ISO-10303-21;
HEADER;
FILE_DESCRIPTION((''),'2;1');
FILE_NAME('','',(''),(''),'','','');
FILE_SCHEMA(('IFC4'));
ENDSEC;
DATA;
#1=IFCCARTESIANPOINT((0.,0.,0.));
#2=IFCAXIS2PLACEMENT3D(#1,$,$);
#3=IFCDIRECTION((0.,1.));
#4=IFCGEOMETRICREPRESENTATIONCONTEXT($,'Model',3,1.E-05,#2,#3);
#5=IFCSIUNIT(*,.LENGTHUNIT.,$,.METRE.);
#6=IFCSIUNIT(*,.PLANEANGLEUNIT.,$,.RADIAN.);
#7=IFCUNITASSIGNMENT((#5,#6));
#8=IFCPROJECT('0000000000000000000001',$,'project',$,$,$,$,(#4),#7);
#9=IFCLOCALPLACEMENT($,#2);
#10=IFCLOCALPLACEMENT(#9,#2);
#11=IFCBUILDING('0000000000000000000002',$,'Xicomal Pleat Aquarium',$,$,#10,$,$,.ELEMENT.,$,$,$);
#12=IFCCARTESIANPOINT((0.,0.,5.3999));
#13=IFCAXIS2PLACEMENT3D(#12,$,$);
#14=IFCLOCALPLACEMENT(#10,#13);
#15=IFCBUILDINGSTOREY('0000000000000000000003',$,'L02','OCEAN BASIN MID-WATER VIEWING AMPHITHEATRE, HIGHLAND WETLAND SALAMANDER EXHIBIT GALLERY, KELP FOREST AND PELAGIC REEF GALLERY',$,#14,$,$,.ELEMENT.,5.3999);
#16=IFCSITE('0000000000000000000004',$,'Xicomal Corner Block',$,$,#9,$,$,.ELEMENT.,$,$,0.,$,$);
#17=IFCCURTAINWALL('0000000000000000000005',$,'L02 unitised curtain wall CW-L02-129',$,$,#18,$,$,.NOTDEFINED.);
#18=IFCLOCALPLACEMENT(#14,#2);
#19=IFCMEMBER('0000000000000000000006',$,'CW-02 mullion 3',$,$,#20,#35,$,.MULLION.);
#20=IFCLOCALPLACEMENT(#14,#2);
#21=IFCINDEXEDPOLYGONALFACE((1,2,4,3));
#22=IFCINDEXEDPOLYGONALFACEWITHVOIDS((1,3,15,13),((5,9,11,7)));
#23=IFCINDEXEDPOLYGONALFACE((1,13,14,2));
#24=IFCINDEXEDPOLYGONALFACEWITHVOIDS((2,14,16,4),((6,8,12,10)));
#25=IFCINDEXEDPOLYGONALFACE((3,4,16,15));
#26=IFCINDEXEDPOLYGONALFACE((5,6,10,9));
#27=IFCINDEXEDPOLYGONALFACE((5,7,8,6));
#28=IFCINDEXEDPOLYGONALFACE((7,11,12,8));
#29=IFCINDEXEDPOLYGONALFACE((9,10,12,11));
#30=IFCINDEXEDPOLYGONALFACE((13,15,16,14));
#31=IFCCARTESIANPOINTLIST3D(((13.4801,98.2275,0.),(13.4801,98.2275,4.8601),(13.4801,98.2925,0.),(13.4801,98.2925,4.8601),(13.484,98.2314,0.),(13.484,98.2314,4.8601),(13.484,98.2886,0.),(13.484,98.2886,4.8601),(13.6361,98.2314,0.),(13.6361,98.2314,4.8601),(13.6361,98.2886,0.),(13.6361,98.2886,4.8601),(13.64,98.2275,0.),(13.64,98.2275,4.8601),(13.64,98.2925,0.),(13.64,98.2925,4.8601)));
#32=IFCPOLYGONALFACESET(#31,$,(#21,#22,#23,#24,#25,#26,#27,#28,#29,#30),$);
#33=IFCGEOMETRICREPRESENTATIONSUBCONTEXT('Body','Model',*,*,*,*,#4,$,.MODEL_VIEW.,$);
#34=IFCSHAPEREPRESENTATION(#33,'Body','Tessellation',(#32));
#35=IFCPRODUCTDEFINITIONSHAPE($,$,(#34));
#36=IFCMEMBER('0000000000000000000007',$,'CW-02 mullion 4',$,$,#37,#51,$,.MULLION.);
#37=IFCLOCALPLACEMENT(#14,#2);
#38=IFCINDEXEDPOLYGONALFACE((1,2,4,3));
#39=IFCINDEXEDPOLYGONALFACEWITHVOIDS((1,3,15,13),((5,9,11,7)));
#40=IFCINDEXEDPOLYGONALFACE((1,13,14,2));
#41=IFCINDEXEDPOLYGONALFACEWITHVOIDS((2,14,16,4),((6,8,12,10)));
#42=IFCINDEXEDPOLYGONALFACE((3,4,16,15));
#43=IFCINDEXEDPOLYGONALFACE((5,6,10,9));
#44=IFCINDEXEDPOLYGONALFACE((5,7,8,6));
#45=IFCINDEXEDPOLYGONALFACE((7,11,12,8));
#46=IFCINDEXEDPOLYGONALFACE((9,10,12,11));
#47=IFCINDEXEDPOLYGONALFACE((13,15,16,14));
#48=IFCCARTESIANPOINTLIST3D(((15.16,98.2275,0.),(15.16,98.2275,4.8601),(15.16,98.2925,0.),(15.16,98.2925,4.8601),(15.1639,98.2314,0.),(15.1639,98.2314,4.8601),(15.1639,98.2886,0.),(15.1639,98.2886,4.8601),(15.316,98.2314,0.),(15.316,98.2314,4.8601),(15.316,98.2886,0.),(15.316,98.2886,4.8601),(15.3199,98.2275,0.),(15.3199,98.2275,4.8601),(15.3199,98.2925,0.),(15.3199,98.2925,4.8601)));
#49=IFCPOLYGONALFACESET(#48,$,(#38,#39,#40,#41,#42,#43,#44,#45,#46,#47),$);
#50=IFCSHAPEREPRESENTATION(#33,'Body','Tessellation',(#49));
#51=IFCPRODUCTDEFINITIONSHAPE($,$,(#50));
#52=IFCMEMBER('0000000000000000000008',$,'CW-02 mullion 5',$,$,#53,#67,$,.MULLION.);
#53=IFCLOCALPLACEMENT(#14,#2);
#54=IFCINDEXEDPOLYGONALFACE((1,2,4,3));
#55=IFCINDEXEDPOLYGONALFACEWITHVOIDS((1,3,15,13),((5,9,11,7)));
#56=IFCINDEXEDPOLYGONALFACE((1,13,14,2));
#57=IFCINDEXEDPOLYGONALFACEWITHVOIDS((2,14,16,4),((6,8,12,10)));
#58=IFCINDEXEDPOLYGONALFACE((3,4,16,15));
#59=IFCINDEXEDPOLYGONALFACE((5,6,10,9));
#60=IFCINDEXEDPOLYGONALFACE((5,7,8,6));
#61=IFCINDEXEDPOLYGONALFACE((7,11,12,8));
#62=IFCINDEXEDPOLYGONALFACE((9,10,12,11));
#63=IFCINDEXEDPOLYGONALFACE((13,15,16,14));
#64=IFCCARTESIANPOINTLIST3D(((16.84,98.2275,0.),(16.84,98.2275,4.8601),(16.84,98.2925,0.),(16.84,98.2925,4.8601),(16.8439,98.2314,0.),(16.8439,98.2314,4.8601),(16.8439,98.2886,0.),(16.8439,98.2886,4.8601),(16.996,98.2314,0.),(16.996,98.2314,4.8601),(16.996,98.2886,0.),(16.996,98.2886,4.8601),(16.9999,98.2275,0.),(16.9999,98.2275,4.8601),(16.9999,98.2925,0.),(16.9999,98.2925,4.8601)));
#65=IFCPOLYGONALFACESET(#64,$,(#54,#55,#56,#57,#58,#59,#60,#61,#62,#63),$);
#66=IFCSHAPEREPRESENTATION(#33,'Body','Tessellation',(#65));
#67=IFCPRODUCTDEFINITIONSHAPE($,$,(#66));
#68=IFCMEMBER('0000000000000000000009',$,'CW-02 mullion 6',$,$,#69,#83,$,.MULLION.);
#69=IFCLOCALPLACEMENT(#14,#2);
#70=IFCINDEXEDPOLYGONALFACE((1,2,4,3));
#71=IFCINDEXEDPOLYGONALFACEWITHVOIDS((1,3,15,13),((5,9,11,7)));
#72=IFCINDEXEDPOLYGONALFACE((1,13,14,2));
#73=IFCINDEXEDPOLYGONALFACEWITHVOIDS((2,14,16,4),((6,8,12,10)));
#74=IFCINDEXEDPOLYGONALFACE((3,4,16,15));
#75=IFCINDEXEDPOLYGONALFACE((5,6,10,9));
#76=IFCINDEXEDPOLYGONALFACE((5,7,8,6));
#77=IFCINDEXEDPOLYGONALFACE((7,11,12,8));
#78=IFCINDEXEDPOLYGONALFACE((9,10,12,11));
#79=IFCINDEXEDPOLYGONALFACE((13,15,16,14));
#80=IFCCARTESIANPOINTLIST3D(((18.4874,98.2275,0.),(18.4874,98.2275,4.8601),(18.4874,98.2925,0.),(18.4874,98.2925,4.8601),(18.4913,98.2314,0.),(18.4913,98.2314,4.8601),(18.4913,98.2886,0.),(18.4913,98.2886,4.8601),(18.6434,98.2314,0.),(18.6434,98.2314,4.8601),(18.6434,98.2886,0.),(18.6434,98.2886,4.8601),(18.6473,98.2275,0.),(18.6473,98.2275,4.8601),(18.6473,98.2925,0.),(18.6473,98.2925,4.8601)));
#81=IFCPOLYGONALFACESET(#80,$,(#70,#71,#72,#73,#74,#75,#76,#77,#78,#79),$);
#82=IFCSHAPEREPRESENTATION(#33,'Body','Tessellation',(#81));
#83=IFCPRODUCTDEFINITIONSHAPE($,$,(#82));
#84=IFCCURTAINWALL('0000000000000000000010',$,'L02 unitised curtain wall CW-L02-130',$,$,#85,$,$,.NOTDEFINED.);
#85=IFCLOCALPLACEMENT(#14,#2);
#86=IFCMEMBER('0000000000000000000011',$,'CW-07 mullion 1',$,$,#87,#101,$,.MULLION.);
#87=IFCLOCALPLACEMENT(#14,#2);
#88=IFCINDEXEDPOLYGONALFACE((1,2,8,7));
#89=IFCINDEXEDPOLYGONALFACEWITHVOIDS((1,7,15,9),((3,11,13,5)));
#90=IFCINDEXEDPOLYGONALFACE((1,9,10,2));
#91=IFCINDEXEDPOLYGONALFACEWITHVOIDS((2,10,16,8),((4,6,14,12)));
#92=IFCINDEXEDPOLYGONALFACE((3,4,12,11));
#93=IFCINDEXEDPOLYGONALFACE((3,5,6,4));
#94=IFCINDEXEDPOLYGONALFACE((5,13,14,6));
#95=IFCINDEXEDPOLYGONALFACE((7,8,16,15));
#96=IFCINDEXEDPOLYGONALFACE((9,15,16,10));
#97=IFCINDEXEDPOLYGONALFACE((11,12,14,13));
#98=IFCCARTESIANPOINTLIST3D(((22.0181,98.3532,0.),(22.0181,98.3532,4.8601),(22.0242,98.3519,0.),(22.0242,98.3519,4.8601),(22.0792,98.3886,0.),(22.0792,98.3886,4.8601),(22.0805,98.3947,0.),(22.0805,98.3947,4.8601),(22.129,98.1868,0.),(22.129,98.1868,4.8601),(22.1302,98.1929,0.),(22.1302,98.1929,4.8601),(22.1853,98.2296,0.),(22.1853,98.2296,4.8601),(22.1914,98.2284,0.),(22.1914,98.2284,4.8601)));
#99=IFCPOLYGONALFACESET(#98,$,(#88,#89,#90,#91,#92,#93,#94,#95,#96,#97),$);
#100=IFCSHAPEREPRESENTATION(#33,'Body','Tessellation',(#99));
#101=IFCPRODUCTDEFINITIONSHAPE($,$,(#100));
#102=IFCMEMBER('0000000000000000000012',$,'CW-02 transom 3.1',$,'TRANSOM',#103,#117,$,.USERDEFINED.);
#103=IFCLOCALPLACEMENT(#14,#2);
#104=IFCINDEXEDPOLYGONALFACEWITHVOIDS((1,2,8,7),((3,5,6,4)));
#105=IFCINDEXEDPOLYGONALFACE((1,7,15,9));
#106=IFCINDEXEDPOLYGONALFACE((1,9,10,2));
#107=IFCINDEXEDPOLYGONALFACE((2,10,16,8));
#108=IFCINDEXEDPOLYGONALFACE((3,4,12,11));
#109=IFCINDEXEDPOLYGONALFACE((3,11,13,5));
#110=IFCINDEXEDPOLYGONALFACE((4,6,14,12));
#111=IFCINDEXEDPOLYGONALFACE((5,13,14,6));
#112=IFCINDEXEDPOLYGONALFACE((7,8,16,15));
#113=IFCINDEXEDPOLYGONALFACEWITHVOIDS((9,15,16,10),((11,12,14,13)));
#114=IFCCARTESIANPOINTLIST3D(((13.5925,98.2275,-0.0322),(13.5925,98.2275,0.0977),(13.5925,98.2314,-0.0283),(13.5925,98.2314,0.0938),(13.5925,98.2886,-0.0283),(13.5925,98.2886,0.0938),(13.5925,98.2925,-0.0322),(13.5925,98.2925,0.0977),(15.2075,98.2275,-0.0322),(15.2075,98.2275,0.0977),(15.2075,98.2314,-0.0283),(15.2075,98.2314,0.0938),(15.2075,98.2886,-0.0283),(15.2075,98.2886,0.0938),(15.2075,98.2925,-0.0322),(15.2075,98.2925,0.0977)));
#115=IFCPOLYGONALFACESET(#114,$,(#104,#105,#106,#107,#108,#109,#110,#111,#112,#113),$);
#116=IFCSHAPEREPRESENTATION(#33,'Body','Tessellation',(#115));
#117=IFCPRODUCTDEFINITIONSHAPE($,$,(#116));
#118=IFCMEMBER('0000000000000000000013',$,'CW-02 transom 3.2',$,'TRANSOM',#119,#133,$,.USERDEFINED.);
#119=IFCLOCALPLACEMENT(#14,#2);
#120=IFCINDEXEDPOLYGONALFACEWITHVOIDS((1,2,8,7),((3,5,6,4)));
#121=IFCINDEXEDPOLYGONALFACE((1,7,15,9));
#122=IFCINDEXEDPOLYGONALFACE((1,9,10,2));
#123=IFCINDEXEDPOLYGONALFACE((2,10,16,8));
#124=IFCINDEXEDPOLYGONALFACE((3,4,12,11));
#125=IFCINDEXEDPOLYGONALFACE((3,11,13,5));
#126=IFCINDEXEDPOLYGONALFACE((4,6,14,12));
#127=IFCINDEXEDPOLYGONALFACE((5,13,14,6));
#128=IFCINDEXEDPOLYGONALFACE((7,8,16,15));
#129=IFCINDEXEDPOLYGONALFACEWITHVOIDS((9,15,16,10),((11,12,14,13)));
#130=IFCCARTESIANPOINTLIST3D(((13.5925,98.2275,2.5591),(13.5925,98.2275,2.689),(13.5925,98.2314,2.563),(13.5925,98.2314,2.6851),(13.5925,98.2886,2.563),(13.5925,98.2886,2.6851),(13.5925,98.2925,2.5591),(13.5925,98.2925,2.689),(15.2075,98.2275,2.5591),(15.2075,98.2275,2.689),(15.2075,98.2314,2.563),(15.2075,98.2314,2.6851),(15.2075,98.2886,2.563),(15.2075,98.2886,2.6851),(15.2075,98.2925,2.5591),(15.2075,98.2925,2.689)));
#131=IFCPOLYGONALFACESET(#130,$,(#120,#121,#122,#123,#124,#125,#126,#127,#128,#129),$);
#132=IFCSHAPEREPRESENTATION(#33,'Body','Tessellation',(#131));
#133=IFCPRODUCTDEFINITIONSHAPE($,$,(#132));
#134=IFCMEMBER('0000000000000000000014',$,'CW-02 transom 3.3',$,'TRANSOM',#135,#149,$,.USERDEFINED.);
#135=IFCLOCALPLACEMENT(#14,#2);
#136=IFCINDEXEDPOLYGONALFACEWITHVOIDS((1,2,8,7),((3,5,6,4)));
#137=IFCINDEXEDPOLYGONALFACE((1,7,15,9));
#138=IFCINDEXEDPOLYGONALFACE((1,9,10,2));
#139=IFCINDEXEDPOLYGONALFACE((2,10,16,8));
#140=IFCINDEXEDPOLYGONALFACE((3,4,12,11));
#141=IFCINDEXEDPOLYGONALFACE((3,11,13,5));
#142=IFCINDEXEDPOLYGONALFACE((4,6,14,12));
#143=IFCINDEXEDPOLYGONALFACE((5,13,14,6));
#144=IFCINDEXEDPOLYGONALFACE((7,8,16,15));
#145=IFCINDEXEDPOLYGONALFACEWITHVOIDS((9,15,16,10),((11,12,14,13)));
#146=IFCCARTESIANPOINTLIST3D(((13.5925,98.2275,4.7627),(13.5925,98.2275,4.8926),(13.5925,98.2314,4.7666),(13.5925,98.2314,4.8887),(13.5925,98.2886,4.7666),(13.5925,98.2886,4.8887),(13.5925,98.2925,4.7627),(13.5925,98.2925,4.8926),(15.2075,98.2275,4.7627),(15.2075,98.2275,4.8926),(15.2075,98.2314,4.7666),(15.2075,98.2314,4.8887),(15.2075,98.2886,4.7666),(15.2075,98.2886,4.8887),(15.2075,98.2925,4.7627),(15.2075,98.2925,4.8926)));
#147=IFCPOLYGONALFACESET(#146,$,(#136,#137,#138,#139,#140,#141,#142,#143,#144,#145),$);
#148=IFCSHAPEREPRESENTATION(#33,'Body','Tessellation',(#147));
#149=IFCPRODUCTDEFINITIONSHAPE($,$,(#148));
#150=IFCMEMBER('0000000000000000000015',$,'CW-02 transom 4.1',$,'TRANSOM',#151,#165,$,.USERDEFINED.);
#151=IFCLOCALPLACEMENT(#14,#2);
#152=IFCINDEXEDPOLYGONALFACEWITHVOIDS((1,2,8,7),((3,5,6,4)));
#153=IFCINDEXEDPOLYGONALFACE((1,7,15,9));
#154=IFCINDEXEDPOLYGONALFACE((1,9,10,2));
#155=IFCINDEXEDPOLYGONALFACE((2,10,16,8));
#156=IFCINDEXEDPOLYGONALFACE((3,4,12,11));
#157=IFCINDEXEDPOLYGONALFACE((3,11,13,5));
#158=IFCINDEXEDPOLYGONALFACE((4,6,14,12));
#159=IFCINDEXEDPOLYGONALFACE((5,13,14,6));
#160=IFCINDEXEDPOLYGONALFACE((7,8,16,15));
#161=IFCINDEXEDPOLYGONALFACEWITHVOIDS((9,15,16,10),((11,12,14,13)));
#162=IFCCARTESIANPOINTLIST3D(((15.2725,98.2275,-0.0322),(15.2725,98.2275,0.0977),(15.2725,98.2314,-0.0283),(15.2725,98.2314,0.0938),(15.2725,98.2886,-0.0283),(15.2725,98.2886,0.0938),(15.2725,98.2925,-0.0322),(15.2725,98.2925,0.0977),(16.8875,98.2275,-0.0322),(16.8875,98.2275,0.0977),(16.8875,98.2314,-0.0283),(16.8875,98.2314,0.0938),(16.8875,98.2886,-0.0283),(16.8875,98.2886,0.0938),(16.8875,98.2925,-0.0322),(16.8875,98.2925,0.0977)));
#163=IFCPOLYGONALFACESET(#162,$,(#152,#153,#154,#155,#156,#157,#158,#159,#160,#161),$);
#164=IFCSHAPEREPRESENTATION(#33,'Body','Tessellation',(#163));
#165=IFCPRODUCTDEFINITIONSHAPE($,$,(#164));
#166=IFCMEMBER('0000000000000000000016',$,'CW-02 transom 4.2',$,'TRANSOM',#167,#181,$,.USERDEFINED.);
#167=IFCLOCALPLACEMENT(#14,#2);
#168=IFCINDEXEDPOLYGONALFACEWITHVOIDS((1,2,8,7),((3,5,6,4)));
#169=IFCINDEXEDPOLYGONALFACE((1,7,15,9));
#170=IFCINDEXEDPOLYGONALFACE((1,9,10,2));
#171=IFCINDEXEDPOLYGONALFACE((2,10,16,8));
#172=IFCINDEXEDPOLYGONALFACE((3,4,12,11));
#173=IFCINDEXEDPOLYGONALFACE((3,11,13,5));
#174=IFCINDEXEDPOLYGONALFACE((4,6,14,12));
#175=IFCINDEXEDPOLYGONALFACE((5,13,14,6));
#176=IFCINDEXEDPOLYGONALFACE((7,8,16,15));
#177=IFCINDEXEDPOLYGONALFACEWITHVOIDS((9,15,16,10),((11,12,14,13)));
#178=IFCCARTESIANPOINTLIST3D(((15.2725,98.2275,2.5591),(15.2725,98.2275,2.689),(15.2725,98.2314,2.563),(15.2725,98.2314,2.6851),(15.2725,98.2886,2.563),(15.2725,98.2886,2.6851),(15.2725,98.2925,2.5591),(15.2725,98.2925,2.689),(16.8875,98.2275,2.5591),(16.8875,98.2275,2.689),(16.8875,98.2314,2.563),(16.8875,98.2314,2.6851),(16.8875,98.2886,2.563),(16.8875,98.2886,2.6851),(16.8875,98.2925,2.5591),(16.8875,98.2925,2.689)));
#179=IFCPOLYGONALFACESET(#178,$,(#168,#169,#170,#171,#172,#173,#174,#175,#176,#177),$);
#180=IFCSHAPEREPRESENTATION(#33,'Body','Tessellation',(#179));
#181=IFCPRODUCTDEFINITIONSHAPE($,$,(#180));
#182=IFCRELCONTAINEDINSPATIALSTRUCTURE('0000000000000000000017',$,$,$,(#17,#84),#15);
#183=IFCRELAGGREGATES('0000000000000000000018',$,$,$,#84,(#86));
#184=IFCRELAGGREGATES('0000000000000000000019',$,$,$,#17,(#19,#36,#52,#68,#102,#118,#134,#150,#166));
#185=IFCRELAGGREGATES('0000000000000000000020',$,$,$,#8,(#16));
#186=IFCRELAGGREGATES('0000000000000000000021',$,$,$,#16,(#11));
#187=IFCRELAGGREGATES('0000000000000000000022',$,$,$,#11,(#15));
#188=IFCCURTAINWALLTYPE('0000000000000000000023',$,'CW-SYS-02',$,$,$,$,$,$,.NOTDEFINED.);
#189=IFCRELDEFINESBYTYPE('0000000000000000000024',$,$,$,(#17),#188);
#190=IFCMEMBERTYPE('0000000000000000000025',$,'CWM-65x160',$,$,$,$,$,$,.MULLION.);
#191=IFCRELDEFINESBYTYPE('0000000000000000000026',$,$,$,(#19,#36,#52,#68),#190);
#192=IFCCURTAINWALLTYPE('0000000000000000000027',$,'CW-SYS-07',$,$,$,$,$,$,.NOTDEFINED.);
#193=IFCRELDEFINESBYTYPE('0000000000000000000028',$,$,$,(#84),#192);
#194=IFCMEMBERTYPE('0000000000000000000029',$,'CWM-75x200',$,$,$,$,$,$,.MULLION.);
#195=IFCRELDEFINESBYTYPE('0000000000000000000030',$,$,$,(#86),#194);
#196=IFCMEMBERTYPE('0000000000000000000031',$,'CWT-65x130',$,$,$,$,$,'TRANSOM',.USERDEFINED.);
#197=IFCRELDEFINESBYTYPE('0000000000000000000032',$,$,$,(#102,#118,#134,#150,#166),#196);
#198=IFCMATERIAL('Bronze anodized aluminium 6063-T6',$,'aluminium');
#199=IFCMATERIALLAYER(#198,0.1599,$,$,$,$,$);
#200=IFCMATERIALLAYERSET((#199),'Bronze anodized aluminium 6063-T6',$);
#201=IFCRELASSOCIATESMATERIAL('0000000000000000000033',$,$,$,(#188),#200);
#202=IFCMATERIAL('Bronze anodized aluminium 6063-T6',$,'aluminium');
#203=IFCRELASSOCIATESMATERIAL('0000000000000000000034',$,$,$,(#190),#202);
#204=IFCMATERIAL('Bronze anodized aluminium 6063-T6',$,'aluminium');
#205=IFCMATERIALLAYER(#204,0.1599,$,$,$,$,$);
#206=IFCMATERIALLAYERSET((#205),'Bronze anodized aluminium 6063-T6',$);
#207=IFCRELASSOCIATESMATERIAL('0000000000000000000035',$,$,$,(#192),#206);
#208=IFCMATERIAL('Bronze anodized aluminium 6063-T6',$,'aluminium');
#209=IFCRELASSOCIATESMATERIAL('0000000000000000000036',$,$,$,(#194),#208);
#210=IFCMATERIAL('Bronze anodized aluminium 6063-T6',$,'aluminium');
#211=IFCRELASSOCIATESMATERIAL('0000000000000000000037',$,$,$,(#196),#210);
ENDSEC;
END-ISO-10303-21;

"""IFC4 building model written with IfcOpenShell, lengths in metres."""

from ifc_helpers import new_model, si_unit, direction, frame, origin, origin_2d, place, context, subcontext, project, spatial, hollow_rectangle, extrude, material, layer, layer_set, material_profile, profile_set, type_object, element, aggregate, save


model = new_model("IFC4")

# Units and contexts
model_context = context("Model", 3, precision=1e-05, world=origin(), true_north=direction((0.0, 1.0)))
body_context = subcontext(model_context, "Body", "Model", "MODEL_VIEW")
ifc_project = project(units=[si_unit("LENGTHUNIT", "METRE"), si_unit("PLANEANGLEUNIT", "RADIAN")], contexts=[model_context])

# Site, building, storey
site_placement = place(None, origin())
site = spatial("IfcSite", under=ifc_project, at=site_placement, Name="Xicomal Corner Block", CompositionType="ELEMENT", RefElevation=0.0)
building_placement = place(site_placement, origin())
building = spatial("IfcBuilding", under=site, at=building_placement, Name="Xicomal Pleat Aquarium", CompositionType="ELEMENT")
storey_placement = place(building_placement, frame((0.0, 0.0, 5.3999)))
storey = spatial("IfcBuildingStorey", under=building, at=storey_placement, Name="L02", Description="OCEAN BASIN MID-WATER VIEWING AMPHITHEATRE, HIGHLAND WETLAND SALAMANDER EXHIBIT GALLERY, KELP FOREST AND PELAGIC REEF GALLERY", CompositionType="ELEMENT", Elevation=5.3999)

# Curtain wall, members
ifc_material_1 = material(Name="Bronze anodized aluminium 6063-T6", Category="aluminium")
ifc_layer_1 = layer(ifc_material_1, 0.1599)
ifc_layer_set_1 = layer_set([ifc_layer_1], Name="Bronze anodized aluminium 6063-T6")
curtain_wall_type_1 = type_object("IfcCurtainWallType", Name="CW-SYS-02", PredefinedType="NOTDEFINED", material=ifc_layer_set_1)
curtain_wall_1_placement = place(storey_placement, origin())
curtain_wall_1 = element("IfcCurtainWall", 1, at=curtain_wall_1_placement, inside=storey, type_object=curtain_wall_type_1, Name="L02 unitised curtain wall CW-L02-129", PredefinedType="NOTDEFINED")
ifc_material_2 = material(Name="Bronze anodized aluminium 6063-T6", Category="aluminium")
ifc_material_profile_1 = material_profile(ifc_material_2, hollow_rectangle(XDim=0.0649, YDim=0.1599, WallThickness=0.0039, at=origin_2d()), Name="ALU MULL 65x160")
ifc_profile_set_1 = profile_set([ifc_material_profile_1], Name="Bronze anodized aluminium 6063-T6")
member_type_1 = type_object("IfcMemberType", Name="CWM-65x160", PredefinedType="MULLION", material=ifc_profile_set_1)
member_1_placement = place(storey_placement, frame((13.5601, 98.26, 0.0), z_axis=(0.0, 0.0, 1.0), x_axis=(0.0, 1.0, 0.0)))
member_1 = element("IfcMember", 2, at=member_1_placement, type_object=member_type_1, Name="CW-02 mullion 3", PredefinedType="MULLION", context=body_context, shape_type="SweptSolid", body=[
    extrude(hollow_rectangle(XDim=0.0649, YDim=0.1599, WallThickness=0.0039, at=origin_2d()), origin(), (0.0, 0.0, 1.0), 4.8601),
])
member_2_placement = place(storey_placement, frame((15.24, 98.26, 0.0), z_axis=(0.0, 0.0, 1.0), x_axis=(0.0, 1.0, 0.0)))
member_2 = element("IfcMember", 3, at=member_2_placement, type_object=member_type_1, Name="CW-02 mullion 4", PredefinedType="MULLION", context=body_context, shape_type="SweptSolid", body=[
    extrude(hollow_rectangle(XDim=0.0649, YDim=0.1599, WallThickness=0.0039, at=origin_2d()), origin(), (0.0, 0.0, 1.0), 4.8601),
])
member_3_placement = place(storey_placement, frame((16.9199, 98.26, 0.0), z_axis=(0.0, 0.0, 1.0), x_axis=(0.0, 1.0, 0.0)))
member_3 = element("IfcMember", 4, at=member_3_placement, type_object=member_type_1, Name="CW-02 mullion 5", PredefinedType="MULLION", context=body_context, shape_type="SweptSolid", body=[
    extrude(hollow_rectangle(XDim=0.0649, YDim=0.1599, WallThickness=0.0039, at=origin_2d()), origin(), (0.0, 0.0, 1.0), 4.8601),
])
member_4_placement = place(storey_placement, frame((18.5674, 98.26, 0.0), z_axis=(0.0, 0.0, 1.0), x_axis=(0.0, 1.0, 0.0)))
member_4 = element("IfcMember", 5, at=member_4_placement, type_object=member_type_1, Name="CW-02 mullion 6", PredefinedType="MULLION", context=body_context, shape_type="SweptSolid", body=[
    extrude(hollow_rectangle(XDim=0.0649, YDim=0.1599, WallThickness=0.0039, at=origin_2d()), origin(), (0.0, 0.0, 1.0), 4.8601),
])

# Curtain wall, member
ifc_material_3 = material(Name="Bronze anodized aluminium 6063-T6", Category="aluminium")
ifc_layer_2 = layer(ifc_material_3, 0.1599)
ifc_layer_set_2 = layer_set([ifc_layer_2], Name="Bronze anodized aluminium 6063-T6")
curtain_wall_type_2 = type_object("IfcCurtainWallType", Name="CW-SYS-07", PredefinedType="NOTDEFINED", material=ifc_layer_set_2)
curtain_wall_2_placement = place(storey_placement, origin())
curtain_wall_2 = element("IfcCurtainWall", 6, at=curtain_wall_2_placement, inside=storey, type_object=curtain_wall_type_2, Name="L02 unitised curtain wall CW-L02-130", PredefinedType="NOTDEFINED")
ifc_material_4 = material(Name="Bronze anodized aluminium 6063-T6", Category="aluminium")
ifc_material_profile_2 = material_profile(ifc_material_4, hollow_rectangle(XDim=0.075, YDim=0.2, WallThickness=0.0044, at=origin_2d()), Name="ALU MULL 75x200")
ifc_profile_set_2 = profile_set([ifc_material_profile_2], Name="Bronze anodized aluminium 6063-T6")
member_type_2 = type_object("IfcMemberType", Name="CWM-75x200", PredefinedType="MULLION", material=ifc_profile_set_2)
member_5_placement = place(storey_placement, frame((22.1047, 98.2908, 0.0), z_axis=(0.0, 0.0, 1.0), x_axis=(0.83205, 0.5547, 0.0)))
member_5 = element("IfcMember", 7, at=member_5_placement, type_object=member_type_2, Name="CW-07 mullion 1", PredefinedType="MULLION", context=body_context, shape_type="SweptSolid", body=[
    extrude(hollow_rectangle(XDim=0.075, YDim=0.2, WallThickness=0.0044, at=origin_2d()), origin(), (0.0, 0.0, 1.0), 4.8601),
])
aggregate(curtain_wall_2, [member_5])

# Members
ifc_material_5 = material(Name="Bronze anodized aluminium 6063-T6", Category="aluminium")
ifc_material_profile_3 = material_profile(ifc_material_5, hollow_rectangle(XDim=0.0649, YDim=0.1299, WallThickness=0.0039, at=origin_2d()), Name="ALU TRAN 65x130")
ifc_profile_set_3 = profile_set([ifc_material_profile_3], Name="Bronze anodized aluminium 6063-T6")
member_type_3 = type_object("IfcMemberType", Name="CWT-65x130", ElementType="TRANSOM", PredefinedType="USERDEFINED", material=ifc_profile_set_3)
member_6_placement = place(storey_placement, frame((13.5925, 98.26, 0.0327), z_axis=(1.0, 0.0, 0.0), x_axis=(0.0, 1.0, 0.0)))
member_6 = element("IfcMember", 8, at=member_6_placement, type_object=member_type_3, Name="CW-02 transom 3.1", ObjectType="TRANSOM", PredefinedType="USERDEFINED", context=body_context, shape_type="SweptSolid", body=[
    extrude(hollow_rectangle(XDim=0.0649, YDim=0.1299, WallThickness=0.0039, at=origin_2d()), origin(), (0.0, 0.0, 1.0), 1.615),
])
member_7_placement = place(storey_placement, frame((13.5925, 98.26, 2.624), z_axis=(1.0, 0.0, 0.0), x_axis=(0.0, 1.0, 0.0)))
member_7 = element("IfcMember", 9, at=member_7_placement, type_object=member_type_3, Name="CW-02 transom 3.2", ObjectType="TRANSOM", PredefinedType="USERDEFINED", context=body_context, shape_type="SweptSolid", body=[
    extrude(hollow_rectangle(XDim=0.0649, YDim=0.1299, WallThickness=0.0039, at=origin_2d()), origin(), (0.0, 0.0, 1.0), 1.615),
])
member_8_placement = place(storey_placement, frame((13.5925, 98.26, 4.8276), z_axis=(1.0, 0.0, 0.0), x_axis=(0.0, 1.0, 0.0)))
member_8 = element("IfcMember", 10, at=member_8_placement, type_object=member_type_3, Name="CW-02 transom 3.3", ObjectType="TRANSOM", PredefinedType="USERDEFINED", context=body_context, shape_type="SweptSolid", body=[
    extrude(hollow_rectangle(XDim=0.0649, YDim=0.1299, WallThickness=0.0039, at=origin_2d()), origin(), (0.0, 0.0, 1.0), 1.615),
])
member_9_placement = place(storey_placement, frame((15.2725, 98.26, 0.0327), z_axis=(1.0, 0.0, 0.0), x_axis=(0.0, 1.0, 0.0)))
member_9 = element("IfcMember", 11, at=member_9_placement, type_object=member_type_3, Name="CW-02 transom 4.1", ObjectType="TRANSOM", PredefinedType="USERDEFINED", context=body_context, shape_type="SweptSolid", body=[
    extrude(hollow_rectangle(XDim=0.0649, YDim=0.1299, WallThickness=0.0039, at=origin_2d()), origin(), (0.0, 0.0, 1.0), 1.615),
])
member_10_placement = place(storey_placement, frame((15.2725, 98.26, 2.624), z_axis=(1.0, 0.0, 0.0), x_axis=(0.0, 1.0, 0.0)))
member_10 = element("IfcMember", 12, at=member_10_placement, type_object=member_type_3, Name="CW-02 transom 4.2", ObjectType="TRANSOM", PredefinedType="USERDEFINED", context=body_context, shape_type="SweptSolid", body=[
    extrude(hollow_rectangle(XDim=0.0649, YDim=0.1299, WallThickness=0.0039, at=origin_2d()), origin(), (0.0, 0.0, 1.0), 1.615),
])

aggregate(curtain_wall_1, [member_1, member_2, member_3, member_4, member_6, member_7, member_8, member_9, member_10])

save(model, "model.ifc")
